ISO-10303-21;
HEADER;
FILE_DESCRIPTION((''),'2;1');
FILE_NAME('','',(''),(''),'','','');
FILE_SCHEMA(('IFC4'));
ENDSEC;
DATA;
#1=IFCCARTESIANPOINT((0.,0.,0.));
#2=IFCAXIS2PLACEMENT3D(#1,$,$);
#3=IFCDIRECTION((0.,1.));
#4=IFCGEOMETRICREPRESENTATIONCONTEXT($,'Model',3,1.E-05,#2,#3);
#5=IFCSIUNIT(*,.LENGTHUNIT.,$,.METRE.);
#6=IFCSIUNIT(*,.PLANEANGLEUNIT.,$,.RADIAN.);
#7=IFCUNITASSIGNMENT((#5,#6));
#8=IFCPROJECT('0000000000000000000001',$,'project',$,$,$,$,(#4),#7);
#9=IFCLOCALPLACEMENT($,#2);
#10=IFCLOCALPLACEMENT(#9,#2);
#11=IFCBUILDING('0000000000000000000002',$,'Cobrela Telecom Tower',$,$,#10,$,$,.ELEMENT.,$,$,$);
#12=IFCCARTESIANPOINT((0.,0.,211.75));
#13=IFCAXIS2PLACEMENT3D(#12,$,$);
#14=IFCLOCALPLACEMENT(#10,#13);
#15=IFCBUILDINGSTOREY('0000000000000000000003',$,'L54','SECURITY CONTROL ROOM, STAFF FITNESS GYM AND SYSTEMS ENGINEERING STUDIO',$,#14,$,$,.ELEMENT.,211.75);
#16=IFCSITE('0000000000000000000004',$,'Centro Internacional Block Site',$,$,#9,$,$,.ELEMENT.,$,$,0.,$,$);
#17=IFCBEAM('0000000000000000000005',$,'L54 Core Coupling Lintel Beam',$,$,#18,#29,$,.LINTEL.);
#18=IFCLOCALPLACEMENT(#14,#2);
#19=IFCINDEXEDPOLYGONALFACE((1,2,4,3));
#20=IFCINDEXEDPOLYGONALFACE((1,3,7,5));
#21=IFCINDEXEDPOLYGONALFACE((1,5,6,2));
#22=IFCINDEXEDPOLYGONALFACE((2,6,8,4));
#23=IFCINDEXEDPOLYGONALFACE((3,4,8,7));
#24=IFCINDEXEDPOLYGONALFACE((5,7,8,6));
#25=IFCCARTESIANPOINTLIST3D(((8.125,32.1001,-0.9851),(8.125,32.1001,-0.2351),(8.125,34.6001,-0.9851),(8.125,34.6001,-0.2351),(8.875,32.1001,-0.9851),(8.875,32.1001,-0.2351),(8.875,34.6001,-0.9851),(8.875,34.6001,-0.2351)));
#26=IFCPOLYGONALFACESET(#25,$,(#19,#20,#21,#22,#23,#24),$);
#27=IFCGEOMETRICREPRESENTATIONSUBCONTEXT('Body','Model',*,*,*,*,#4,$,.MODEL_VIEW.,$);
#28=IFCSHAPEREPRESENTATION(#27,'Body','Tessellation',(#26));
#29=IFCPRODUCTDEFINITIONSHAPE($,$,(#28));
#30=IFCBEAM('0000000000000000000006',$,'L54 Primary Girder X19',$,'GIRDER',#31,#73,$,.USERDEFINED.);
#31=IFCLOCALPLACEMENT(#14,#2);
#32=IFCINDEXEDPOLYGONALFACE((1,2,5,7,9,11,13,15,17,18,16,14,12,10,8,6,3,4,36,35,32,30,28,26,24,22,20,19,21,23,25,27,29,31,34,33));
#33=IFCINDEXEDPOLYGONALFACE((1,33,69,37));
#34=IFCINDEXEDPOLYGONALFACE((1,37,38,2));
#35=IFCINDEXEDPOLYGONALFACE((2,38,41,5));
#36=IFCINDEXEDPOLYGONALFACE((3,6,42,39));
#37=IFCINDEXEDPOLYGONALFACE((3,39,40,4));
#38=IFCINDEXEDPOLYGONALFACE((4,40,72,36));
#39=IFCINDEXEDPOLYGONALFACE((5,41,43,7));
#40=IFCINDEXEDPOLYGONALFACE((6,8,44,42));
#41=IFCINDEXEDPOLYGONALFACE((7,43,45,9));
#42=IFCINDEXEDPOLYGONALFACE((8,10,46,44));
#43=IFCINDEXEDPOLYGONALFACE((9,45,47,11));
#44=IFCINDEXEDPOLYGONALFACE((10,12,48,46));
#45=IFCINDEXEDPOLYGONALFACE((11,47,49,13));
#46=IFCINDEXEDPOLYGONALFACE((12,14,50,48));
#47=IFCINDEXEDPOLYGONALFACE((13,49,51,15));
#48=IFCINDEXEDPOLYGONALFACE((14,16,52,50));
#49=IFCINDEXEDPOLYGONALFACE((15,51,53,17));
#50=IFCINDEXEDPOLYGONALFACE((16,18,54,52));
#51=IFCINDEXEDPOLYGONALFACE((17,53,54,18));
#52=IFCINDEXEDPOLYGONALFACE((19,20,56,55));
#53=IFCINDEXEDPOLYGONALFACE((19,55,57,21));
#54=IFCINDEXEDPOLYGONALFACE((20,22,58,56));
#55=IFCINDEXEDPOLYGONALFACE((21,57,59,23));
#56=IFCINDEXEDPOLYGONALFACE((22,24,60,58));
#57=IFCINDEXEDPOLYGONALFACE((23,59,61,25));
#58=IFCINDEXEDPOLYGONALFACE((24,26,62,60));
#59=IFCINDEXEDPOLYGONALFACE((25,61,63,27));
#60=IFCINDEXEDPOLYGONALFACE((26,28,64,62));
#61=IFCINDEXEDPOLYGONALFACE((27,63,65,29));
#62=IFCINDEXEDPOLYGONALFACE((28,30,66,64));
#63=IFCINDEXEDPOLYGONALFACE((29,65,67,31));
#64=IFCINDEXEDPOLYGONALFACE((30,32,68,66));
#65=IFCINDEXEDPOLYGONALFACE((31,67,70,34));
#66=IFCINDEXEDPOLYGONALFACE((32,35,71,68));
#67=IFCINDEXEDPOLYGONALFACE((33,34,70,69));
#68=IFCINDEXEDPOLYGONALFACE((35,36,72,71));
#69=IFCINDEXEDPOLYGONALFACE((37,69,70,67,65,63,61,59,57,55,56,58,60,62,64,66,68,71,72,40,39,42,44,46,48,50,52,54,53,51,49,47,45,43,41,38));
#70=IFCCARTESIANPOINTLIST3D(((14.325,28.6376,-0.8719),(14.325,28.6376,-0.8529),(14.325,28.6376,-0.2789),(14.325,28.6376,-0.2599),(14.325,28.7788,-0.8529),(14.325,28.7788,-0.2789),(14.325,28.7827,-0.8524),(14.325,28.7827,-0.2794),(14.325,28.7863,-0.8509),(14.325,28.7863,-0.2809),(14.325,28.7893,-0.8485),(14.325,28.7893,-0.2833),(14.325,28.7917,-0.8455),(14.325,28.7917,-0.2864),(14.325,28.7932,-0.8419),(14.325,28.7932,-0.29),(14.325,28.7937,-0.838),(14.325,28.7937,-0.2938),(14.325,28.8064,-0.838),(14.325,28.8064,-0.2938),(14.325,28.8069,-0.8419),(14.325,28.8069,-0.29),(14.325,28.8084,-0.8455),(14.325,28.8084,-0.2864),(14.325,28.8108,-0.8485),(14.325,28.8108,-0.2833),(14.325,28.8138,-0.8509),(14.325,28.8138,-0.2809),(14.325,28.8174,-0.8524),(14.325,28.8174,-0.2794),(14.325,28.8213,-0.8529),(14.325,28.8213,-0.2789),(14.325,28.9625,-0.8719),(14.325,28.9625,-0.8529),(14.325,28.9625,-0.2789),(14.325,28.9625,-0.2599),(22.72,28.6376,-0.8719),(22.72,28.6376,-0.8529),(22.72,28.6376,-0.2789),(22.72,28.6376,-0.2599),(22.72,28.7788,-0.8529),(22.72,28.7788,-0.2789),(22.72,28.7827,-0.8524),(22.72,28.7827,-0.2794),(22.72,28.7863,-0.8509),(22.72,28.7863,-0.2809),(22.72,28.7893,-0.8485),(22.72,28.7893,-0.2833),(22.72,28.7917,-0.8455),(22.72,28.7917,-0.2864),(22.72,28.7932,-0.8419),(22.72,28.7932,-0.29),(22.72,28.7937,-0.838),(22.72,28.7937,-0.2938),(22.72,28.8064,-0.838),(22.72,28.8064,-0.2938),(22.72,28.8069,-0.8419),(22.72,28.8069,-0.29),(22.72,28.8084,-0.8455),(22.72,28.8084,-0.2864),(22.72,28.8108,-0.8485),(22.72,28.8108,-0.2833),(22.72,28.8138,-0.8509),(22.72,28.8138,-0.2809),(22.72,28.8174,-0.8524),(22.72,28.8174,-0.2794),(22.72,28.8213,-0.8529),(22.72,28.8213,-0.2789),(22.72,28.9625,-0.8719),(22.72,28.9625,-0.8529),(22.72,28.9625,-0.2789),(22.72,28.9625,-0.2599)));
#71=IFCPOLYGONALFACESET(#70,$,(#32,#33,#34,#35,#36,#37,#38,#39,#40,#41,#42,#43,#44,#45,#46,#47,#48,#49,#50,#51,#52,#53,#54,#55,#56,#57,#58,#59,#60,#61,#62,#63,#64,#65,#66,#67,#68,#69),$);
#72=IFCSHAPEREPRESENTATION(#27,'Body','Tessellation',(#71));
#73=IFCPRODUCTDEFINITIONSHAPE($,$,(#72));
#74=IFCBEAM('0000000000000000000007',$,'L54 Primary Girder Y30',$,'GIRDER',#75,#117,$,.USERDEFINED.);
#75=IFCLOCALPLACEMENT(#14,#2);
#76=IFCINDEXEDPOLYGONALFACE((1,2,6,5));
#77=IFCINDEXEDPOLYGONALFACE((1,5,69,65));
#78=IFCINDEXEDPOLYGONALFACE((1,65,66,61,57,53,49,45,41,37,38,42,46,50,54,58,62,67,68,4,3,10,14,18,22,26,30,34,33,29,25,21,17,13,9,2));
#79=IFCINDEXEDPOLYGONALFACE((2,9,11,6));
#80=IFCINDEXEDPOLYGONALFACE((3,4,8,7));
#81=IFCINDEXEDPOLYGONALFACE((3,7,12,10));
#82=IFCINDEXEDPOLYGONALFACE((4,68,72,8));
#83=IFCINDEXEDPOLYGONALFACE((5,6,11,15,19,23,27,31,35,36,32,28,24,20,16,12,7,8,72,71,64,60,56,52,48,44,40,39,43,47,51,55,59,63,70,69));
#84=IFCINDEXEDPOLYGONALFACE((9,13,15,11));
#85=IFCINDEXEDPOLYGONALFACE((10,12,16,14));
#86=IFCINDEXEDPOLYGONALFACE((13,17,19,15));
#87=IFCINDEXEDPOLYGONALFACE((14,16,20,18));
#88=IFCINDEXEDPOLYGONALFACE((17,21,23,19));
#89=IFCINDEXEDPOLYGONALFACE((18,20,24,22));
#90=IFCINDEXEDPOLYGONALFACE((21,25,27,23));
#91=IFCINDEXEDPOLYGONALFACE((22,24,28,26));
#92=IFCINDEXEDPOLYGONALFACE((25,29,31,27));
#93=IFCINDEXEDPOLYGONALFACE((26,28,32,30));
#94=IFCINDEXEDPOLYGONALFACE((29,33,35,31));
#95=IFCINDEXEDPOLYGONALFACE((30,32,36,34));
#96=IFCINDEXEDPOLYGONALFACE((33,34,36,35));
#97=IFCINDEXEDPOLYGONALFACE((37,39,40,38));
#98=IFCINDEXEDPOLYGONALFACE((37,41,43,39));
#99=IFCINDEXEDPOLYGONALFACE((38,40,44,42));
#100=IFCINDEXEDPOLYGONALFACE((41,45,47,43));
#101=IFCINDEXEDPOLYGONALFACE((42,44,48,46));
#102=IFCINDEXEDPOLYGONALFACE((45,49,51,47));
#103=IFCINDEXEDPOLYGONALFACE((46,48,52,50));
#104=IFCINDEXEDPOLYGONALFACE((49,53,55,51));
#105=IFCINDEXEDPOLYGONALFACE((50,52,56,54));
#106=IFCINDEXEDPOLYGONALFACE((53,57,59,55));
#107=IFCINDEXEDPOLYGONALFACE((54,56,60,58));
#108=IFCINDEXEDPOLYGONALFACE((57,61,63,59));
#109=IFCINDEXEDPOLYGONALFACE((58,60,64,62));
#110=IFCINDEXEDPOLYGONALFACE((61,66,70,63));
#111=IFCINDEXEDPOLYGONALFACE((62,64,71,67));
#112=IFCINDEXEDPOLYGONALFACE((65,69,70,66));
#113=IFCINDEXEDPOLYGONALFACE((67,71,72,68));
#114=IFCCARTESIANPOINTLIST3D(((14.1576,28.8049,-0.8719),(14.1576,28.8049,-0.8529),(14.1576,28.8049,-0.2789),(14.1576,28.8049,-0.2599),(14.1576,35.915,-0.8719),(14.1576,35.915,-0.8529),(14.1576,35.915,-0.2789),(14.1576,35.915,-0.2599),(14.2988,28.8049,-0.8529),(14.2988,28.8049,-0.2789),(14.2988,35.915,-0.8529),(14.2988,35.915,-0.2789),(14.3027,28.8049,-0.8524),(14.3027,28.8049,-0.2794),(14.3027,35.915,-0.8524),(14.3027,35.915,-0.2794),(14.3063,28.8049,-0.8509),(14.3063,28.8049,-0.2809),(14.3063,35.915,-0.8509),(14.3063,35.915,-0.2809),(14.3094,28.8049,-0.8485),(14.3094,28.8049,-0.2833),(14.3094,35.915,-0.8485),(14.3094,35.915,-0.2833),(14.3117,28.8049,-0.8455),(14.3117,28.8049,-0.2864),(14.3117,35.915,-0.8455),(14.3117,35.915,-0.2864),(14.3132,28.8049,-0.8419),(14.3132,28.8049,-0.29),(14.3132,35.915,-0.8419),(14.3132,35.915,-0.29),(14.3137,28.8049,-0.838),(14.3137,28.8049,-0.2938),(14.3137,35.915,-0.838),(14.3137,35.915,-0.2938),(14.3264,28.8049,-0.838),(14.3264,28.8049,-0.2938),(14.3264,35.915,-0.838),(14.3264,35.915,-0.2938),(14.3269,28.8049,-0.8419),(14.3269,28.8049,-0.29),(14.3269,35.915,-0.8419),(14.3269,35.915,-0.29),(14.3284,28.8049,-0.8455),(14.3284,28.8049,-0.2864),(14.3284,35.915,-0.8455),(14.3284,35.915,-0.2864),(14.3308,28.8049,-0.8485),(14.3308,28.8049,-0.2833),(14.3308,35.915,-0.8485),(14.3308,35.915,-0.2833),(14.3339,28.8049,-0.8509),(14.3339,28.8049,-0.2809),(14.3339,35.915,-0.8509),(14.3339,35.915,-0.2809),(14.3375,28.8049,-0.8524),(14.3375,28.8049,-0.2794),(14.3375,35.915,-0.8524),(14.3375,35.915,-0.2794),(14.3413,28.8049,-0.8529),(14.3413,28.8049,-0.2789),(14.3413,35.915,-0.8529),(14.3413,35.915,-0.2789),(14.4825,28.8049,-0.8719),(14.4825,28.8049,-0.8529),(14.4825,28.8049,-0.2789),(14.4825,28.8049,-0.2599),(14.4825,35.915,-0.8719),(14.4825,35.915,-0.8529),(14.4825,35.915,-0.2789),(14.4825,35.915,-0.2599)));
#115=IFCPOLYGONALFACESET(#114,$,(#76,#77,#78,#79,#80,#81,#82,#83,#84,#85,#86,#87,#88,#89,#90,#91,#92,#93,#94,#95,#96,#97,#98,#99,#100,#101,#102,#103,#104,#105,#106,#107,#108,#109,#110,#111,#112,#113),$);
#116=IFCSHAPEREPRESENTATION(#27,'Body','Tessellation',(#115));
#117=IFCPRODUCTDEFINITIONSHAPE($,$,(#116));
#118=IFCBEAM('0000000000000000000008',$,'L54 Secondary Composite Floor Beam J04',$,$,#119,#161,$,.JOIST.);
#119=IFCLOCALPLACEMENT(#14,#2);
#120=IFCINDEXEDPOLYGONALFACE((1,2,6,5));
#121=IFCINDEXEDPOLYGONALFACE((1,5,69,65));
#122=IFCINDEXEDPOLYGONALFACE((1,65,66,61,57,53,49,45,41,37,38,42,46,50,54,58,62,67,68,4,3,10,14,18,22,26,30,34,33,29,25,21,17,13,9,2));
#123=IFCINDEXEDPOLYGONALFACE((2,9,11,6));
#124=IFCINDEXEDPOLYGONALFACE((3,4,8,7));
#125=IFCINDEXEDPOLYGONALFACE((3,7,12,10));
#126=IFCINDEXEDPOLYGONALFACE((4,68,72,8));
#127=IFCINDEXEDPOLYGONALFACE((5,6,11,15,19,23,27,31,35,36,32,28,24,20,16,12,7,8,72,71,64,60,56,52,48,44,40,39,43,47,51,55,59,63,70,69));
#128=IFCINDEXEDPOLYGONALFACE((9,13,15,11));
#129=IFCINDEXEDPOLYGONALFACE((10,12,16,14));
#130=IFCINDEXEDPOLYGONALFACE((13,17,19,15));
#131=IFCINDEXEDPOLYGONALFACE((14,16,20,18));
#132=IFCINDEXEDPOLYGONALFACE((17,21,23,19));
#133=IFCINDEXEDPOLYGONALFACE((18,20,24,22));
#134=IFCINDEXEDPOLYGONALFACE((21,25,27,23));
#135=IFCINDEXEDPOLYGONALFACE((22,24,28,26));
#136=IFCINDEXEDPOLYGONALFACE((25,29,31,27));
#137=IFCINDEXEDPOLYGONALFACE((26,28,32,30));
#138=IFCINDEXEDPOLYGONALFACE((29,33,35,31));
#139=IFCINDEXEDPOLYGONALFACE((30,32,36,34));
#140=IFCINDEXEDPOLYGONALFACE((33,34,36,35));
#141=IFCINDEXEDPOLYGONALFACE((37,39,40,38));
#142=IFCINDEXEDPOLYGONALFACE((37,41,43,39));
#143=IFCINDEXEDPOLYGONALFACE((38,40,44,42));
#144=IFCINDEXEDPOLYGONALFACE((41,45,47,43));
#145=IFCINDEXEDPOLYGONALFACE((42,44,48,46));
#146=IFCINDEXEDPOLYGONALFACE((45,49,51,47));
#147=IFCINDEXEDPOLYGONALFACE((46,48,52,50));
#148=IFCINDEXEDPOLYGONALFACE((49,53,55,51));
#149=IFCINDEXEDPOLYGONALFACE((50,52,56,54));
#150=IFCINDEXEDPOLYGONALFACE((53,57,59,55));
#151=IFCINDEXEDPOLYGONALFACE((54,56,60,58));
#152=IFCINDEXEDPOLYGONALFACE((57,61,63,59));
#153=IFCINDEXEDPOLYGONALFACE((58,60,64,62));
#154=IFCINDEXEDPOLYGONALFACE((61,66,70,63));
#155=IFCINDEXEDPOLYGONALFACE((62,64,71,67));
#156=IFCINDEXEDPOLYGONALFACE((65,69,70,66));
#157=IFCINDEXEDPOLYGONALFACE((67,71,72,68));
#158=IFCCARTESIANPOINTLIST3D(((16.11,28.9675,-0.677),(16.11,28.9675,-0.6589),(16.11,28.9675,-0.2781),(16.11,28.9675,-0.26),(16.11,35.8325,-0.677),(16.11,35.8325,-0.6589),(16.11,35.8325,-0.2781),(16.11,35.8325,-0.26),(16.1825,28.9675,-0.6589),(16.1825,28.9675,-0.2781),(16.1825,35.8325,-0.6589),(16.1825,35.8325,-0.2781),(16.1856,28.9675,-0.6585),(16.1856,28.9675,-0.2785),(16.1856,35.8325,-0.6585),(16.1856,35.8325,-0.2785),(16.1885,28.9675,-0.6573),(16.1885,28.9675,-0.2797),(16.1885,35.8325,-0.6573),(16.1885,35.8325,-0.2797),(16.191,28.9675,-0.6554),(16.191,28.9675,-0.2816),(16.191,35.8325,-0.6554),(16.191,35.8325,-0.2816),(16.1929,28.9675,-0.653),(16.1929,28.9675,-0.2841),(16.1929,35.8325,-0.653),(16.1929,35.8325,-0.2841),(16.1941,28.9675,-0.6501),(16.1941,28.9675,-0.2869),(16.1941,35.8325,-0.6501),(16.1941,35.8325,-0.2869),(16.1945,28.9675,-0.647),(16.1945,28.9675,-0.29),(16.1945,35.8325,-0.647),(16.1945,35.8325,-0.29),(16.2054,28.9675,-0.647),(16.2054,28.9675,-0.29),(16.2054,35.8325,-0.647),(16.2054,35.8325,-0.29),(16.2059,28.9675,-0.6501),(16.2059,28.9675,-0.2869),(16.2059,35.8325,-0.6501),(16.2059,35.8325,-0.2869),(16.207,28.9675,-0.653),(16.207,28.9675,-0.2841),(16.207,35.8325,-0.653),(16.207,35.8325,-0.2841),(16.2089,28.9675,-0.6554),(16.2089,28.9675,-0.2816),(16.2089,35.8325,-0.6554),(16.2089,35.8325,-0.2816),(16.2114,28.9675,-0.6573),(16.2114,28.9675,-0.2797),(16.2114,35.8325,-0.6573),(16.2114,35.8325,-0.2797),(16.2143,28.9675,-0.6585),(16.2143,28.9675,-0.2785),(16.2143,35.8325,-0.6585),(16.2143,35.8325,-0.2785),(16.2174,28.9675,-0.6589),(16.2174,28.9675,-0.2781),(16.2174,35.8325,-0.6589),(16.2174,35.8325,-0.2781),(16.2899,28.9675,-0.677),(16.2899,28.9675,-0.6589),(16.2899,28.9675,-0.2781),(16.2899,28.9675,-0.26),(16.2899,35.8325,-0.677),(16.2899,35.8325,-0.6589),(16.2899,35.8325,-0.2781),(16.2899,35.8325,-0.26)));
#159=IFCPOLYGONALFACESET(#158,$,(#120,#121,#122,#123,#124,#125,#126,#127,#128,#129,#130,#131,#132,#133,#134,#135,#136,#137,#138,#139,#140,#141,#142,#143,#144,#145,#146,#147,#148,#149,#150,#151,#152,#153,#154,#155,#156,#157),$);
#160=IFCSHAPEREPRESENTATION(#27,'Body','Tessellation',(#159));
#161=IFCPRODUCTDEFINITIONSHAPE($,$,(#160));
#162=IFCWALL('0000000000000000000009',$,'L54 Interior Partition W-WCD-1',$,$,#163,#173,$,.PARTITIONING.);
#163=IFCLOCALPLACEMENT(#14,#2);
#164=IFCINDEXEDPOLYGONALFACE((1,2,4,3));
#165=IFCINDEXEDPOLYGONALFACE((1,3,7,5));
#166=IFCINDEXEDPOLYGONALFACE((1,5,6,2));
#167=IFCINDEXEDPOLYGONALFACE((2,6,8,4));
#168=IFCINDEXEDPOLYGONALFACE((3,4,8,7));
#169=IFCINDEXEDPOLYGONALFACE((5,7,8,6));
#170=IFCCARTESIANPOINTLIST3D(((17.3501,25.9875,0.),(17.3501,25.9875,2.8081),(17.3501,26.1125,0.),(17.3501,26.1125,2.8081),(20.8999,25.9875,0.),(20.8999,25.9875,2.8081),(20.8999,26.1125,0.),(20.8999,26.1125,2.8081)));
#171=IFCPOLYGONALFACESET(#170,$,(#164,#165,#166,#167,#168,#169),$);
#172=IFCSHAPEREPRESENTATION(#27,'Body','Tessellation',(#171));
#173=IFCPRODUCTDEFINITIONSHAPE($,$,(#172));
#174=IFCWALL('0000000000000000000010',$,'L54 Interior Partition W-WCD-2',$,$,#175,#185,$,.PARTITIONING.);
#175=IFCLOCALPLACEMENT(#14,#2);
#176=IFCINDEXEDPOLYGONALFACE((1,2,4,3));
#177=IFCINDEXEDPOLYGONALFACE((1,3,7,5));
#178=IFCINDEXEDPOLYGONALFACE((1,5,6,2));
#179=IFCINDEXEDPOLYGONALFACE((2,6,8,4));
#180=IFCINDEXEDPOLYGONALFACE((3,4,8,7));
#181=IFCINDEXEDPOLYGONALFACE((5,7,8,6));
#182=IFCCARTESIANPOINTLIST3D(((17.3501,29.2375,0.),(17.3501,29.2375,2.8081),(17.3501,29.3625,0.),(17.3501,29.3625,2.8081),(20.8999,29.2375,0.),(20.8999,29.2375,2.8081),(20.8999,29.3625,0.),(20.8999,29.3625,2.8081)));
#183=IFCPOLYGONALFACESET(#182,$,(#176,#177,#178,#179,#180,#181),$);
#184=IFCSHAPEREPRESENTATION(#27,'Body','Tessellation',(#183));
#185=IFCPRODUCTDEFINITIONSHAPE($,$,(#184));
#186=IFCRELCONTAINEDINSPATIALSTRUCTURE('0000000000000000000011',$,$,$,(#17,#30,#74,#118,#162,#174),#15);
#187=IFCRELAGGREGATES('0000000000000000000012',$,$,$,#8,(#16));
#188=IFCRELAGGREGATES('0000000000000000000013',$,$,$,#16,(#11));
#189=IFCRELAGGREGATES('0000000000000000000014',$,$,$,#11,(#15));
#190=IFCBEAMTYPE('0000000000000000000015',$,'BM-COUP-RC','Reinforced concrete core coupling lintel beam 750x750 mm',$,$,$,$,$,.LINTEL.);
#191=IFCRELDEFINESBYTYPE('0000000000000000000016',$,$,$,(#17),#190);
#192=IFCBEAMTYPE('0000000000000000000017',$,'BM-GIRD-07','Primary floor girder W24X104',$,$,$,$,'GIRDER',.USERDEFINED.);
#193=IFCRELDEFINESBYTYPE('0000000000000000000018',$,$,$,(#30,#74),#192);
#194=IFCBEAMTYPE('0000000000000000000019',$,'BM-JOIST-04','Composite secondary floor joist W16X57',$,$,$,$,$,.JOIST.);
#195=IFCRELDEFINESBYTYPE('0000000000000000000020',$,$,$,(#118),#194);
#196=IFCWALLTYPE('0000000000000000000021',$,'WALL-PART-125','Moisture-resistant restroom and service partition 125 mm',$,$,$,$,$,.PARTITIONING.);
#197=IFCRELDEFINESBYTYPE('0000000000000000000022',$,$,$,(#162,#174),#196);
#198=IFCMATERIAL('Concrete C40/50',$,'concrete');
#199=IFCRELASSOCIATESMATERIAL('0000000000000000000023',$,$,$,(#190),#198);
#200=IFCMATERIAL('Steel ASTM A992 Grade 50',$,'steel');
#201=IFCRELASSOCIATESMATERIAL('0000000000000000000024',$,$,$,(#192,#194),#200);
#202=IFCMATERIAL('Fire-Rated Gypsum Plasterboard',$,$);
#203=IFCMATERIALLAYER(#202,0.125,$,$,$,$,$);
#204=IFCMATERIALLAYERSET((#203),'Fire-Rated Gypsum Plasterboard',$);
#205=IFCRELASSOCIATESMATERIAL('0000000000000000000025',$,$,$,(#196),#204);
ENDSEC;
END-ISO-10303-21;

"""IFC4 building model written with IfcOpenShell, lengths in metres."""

from ifc_helpers import new_model, si_unit, direction, frame, frame_2d, origin, origin_2d, place, context, subcontext, project, spatial, rectangle, i_section, extrude, material, layer, layer_set, material_profile, profile_set, type_object, element, save


model = new_model("IFC4")

# Units and contexts
model_context = context("Model", 3, precision=1e-05, world=origin(), true_north=direction((0.0, 1.0)))
body_context = subcontext(model_context, "Body", "Model", "MODEL_VIEW")
ifc_project = project(units=[si_unit("LENGTHUNIT", "METRE"), si_unit("PLANEANGLEUNIT", "RADIAN")], contexts=[model_context])

# Site, building, storey
site_placement = place(None, origin())
site = spatial("IfcSite", under=ifc_project, at=site_placement, Name="Centro Internacional Block Site", CompositionType="ELEMENT", RefElevation=0.0)
building_placement = place(site_placement, origin())
building = spatial("IfcBuilding", under=site, at=building_placement, Name="Cobrela Telecom Tower", CompositionType="ELEMENT")
storey_placement = place(building_placement, frame((0.0, 0.0, 211.75)))
storey = spatial("IfcBuildingStorey", under=building, at=storey_placement, Name="L54", Description="SECURITY CONTROL ROOM, STAFF FITNESS GYM AND SYSTEMS ENGINEERING STUDIO", CompositionType="ELEMENT", Elevation=211.75)

# Beams
ifc_material_1 = material(Name="Concrete C40/50", Category="concrete")
ifc_material_profile_1 = material_profile(ifc_material_1, rectangle(XDim=0.75, YDim=0.75, at=origin_2d()), Name="RC 750x750")
ifc_profile_set_1 = profile_set([ifc_material_profile_1], Name="Concrete C40/50")
beam_type_1 = type_object("IfcBeamType", Name="BM-COUP-RC", Description="Reinforced concrete core coupling lintel beam 750x750 mm", PredefinedType="LINTEL", material=ifc_profile_set_1)
beam_1_placement = place(storey_placement, frame((8.5, 32.1001, -0.6101), z_axis=(0.0, 1.0, 0.0), x_axis=(-1.0, 0.0, 0.0)))
element("IfcBeam", 1, at=beam_1_placement, inside=storey, type_object=beam_type_1, Name="L54 Core Coupling Lintel Beam", PredefinedType="LINTEL", context=body_context, shape_type="SweptSolid", body=[
    extrude(rectangle(XDim=0.75, YDim=0.75, at=origin_2d()), origin(), (0.0, 0.0, 1.0), 2.5),
])
ifc_material_2 = material(Name="Steel ASTM A992 Grade 50", Category="steel")
ifc_material_profile_2 = material_profile(ifc_material_2, i_section(OverallWidth=0.325, OverallDepth=0.6121, WebThickness=0.0127, FlangeThickness=0.019, FilletRadius=0.0149, at=origin_2d()), Name="W24X104")
ifc_profile_set_2 = profile_set([ifc_material_profile_2], Name="Steel ASTM A992 Grade 50")
beam_type_2 = type_object("IfcBeamType", Name="BM-GIRD-07", Description="Primary floor girder W24X104", ElementType="GIRDER", PredefinedType="USERDEFINED", material=ifc_profile_set_2)
beam_2_placement = place(storey_placement, frame((14.325, 28.8, -0.5659), z_axis=(1.0, 0.0, 0.0), x_axis=(0.0, 1.0, 0.0)))
element("IfcBeam", 2, at=beam_2_placement, inside=storey, type_object=beam_type_2, Name="L54 Primary Girder X19", ObjectType="GIRDER", PredefinedType="USERDEFINED", context=body_context, shape_type="SweptSolid", body=[
    extrude(i_section(OverallWidth=0.325, OverallDepth=0.6121, WebThickness=0.0127, FlangeThickness=0.019, FilletRadius=0.0149, at=origin_2d()), origin(), (0.0, 0.0, 1.0), 8.395),
])
beam_3_placement = place(storey_placement, frame((14.3201, 28.8049, -0.5659), z_axis=(0.0, 1.0, 0.0), x_axis=(-1.0, 0.0, 0.0)))
element("IfcBeam", 3, at=beam_3_placement, inside=storey, type_object=beam_type_2, Name="L54 Primary Girder Y30", ObjectType="GIRDER", PredefinedType="USERDEFINED", context=body_context, shape_type="SweptSolid", body=[
    extrude(i_section(OverallWidth=0.325, OverallDepth=0.6121, WebThickness=0.0127, FlangeThickness=0.019, FilletRadius=0.0149, at=origin_2d()), origin(), (0.0, 0.0, 1.0), 7.1101),
])
ifc_material_profile_3 = material_profile(ifc_material_2, i_section(OverallWidth=0.1799, OverallDepth=0.417, WebThickness=0.011, FlangeThickness=0.0181, FilletRadius=0.012, at=origin_2d()), Name="W16X57")
ifc_profile_set_3 = profile_set([ifc_material_profile_3], Name="Steel ASTM A992 Grade 50")
beam_type_3 = type_object("IfcBeamType", Name="BM-JOIST-04", Description="Composite secondary floor joist W16X57", PredefinedType="JOIST", material=ifc_profile_set_3)
beam_4_placement = place(storey_placement, frame((16.2, 28.9675, -0.4685), z_axis=(0.0, 1.0, 0.0), x_axis=(-1.0, 0.0, 0.0)))
element("IfcBeam", 4, at=beam_4_placement, inside=storey, type_object=beam_type_3, Name="L54 Secondary Composite Floor Beam J04", PredefinedType="JOIST", context=body_context, shape_type="SweptSolid", body=[
    extrude(i_section(OverallWidth=0.1799, OverallDepth=0.417, WebThickness=0.011, FlangeThickness=0.0181, FilletRadius=0.012, at=origin_2d()), origin(), (0.0, 0.0, 1.0), 6.865),
])

# Walls
ifc_material_3 = material(Name="Fire-Rated Gypsum Plasterboard")
ifc_layer_1 = layer(ifc_material_3, 0.125)
ifc_layer_set_1 = layer_set([ifc_layer_1], Name="Fire-Rated Gypsum Plasterboard")
wall_type_1 = type_object("IfcWallType", Name="WALL-PART-125", Description="Moisture-resistant restroom and service partition 125 mm", PredefinedType="PARTITIONING", material=ifc_layer_set_1)
for number, where, z_axis, x_axis, name in (
    (5, (17.3501, 26.05, 0.0), (0.0, 0.0, 1.0), (1.0, 0.0, 0.0), "L54 Interior Partition W-WCD-1"),
    (6, (17.3501, 29.3, 0.0), (0.0, 0.0, 1.0), (1.0, 0.0, 0.0), "L54 Interior Partition W-WCD-2"),
):
    element("IfcWall", number, at=place(storey_placement, frame(where, z_axis=z_axis, x_axis=x_axis)), inside=storey, type_object=wall_type_1, Name=name, PredefinedType="PARTITIONING", context=body_context, shape_type="SweptSolid", body=[
        extrude(rectangle(XDim=3.5498, YDim=0.125, at=frame_2d((1.7749, 0.0))), origin(), (0.0, 0.0, 1.0), 2.8081),
    ])

save(model, "model.ifc")
